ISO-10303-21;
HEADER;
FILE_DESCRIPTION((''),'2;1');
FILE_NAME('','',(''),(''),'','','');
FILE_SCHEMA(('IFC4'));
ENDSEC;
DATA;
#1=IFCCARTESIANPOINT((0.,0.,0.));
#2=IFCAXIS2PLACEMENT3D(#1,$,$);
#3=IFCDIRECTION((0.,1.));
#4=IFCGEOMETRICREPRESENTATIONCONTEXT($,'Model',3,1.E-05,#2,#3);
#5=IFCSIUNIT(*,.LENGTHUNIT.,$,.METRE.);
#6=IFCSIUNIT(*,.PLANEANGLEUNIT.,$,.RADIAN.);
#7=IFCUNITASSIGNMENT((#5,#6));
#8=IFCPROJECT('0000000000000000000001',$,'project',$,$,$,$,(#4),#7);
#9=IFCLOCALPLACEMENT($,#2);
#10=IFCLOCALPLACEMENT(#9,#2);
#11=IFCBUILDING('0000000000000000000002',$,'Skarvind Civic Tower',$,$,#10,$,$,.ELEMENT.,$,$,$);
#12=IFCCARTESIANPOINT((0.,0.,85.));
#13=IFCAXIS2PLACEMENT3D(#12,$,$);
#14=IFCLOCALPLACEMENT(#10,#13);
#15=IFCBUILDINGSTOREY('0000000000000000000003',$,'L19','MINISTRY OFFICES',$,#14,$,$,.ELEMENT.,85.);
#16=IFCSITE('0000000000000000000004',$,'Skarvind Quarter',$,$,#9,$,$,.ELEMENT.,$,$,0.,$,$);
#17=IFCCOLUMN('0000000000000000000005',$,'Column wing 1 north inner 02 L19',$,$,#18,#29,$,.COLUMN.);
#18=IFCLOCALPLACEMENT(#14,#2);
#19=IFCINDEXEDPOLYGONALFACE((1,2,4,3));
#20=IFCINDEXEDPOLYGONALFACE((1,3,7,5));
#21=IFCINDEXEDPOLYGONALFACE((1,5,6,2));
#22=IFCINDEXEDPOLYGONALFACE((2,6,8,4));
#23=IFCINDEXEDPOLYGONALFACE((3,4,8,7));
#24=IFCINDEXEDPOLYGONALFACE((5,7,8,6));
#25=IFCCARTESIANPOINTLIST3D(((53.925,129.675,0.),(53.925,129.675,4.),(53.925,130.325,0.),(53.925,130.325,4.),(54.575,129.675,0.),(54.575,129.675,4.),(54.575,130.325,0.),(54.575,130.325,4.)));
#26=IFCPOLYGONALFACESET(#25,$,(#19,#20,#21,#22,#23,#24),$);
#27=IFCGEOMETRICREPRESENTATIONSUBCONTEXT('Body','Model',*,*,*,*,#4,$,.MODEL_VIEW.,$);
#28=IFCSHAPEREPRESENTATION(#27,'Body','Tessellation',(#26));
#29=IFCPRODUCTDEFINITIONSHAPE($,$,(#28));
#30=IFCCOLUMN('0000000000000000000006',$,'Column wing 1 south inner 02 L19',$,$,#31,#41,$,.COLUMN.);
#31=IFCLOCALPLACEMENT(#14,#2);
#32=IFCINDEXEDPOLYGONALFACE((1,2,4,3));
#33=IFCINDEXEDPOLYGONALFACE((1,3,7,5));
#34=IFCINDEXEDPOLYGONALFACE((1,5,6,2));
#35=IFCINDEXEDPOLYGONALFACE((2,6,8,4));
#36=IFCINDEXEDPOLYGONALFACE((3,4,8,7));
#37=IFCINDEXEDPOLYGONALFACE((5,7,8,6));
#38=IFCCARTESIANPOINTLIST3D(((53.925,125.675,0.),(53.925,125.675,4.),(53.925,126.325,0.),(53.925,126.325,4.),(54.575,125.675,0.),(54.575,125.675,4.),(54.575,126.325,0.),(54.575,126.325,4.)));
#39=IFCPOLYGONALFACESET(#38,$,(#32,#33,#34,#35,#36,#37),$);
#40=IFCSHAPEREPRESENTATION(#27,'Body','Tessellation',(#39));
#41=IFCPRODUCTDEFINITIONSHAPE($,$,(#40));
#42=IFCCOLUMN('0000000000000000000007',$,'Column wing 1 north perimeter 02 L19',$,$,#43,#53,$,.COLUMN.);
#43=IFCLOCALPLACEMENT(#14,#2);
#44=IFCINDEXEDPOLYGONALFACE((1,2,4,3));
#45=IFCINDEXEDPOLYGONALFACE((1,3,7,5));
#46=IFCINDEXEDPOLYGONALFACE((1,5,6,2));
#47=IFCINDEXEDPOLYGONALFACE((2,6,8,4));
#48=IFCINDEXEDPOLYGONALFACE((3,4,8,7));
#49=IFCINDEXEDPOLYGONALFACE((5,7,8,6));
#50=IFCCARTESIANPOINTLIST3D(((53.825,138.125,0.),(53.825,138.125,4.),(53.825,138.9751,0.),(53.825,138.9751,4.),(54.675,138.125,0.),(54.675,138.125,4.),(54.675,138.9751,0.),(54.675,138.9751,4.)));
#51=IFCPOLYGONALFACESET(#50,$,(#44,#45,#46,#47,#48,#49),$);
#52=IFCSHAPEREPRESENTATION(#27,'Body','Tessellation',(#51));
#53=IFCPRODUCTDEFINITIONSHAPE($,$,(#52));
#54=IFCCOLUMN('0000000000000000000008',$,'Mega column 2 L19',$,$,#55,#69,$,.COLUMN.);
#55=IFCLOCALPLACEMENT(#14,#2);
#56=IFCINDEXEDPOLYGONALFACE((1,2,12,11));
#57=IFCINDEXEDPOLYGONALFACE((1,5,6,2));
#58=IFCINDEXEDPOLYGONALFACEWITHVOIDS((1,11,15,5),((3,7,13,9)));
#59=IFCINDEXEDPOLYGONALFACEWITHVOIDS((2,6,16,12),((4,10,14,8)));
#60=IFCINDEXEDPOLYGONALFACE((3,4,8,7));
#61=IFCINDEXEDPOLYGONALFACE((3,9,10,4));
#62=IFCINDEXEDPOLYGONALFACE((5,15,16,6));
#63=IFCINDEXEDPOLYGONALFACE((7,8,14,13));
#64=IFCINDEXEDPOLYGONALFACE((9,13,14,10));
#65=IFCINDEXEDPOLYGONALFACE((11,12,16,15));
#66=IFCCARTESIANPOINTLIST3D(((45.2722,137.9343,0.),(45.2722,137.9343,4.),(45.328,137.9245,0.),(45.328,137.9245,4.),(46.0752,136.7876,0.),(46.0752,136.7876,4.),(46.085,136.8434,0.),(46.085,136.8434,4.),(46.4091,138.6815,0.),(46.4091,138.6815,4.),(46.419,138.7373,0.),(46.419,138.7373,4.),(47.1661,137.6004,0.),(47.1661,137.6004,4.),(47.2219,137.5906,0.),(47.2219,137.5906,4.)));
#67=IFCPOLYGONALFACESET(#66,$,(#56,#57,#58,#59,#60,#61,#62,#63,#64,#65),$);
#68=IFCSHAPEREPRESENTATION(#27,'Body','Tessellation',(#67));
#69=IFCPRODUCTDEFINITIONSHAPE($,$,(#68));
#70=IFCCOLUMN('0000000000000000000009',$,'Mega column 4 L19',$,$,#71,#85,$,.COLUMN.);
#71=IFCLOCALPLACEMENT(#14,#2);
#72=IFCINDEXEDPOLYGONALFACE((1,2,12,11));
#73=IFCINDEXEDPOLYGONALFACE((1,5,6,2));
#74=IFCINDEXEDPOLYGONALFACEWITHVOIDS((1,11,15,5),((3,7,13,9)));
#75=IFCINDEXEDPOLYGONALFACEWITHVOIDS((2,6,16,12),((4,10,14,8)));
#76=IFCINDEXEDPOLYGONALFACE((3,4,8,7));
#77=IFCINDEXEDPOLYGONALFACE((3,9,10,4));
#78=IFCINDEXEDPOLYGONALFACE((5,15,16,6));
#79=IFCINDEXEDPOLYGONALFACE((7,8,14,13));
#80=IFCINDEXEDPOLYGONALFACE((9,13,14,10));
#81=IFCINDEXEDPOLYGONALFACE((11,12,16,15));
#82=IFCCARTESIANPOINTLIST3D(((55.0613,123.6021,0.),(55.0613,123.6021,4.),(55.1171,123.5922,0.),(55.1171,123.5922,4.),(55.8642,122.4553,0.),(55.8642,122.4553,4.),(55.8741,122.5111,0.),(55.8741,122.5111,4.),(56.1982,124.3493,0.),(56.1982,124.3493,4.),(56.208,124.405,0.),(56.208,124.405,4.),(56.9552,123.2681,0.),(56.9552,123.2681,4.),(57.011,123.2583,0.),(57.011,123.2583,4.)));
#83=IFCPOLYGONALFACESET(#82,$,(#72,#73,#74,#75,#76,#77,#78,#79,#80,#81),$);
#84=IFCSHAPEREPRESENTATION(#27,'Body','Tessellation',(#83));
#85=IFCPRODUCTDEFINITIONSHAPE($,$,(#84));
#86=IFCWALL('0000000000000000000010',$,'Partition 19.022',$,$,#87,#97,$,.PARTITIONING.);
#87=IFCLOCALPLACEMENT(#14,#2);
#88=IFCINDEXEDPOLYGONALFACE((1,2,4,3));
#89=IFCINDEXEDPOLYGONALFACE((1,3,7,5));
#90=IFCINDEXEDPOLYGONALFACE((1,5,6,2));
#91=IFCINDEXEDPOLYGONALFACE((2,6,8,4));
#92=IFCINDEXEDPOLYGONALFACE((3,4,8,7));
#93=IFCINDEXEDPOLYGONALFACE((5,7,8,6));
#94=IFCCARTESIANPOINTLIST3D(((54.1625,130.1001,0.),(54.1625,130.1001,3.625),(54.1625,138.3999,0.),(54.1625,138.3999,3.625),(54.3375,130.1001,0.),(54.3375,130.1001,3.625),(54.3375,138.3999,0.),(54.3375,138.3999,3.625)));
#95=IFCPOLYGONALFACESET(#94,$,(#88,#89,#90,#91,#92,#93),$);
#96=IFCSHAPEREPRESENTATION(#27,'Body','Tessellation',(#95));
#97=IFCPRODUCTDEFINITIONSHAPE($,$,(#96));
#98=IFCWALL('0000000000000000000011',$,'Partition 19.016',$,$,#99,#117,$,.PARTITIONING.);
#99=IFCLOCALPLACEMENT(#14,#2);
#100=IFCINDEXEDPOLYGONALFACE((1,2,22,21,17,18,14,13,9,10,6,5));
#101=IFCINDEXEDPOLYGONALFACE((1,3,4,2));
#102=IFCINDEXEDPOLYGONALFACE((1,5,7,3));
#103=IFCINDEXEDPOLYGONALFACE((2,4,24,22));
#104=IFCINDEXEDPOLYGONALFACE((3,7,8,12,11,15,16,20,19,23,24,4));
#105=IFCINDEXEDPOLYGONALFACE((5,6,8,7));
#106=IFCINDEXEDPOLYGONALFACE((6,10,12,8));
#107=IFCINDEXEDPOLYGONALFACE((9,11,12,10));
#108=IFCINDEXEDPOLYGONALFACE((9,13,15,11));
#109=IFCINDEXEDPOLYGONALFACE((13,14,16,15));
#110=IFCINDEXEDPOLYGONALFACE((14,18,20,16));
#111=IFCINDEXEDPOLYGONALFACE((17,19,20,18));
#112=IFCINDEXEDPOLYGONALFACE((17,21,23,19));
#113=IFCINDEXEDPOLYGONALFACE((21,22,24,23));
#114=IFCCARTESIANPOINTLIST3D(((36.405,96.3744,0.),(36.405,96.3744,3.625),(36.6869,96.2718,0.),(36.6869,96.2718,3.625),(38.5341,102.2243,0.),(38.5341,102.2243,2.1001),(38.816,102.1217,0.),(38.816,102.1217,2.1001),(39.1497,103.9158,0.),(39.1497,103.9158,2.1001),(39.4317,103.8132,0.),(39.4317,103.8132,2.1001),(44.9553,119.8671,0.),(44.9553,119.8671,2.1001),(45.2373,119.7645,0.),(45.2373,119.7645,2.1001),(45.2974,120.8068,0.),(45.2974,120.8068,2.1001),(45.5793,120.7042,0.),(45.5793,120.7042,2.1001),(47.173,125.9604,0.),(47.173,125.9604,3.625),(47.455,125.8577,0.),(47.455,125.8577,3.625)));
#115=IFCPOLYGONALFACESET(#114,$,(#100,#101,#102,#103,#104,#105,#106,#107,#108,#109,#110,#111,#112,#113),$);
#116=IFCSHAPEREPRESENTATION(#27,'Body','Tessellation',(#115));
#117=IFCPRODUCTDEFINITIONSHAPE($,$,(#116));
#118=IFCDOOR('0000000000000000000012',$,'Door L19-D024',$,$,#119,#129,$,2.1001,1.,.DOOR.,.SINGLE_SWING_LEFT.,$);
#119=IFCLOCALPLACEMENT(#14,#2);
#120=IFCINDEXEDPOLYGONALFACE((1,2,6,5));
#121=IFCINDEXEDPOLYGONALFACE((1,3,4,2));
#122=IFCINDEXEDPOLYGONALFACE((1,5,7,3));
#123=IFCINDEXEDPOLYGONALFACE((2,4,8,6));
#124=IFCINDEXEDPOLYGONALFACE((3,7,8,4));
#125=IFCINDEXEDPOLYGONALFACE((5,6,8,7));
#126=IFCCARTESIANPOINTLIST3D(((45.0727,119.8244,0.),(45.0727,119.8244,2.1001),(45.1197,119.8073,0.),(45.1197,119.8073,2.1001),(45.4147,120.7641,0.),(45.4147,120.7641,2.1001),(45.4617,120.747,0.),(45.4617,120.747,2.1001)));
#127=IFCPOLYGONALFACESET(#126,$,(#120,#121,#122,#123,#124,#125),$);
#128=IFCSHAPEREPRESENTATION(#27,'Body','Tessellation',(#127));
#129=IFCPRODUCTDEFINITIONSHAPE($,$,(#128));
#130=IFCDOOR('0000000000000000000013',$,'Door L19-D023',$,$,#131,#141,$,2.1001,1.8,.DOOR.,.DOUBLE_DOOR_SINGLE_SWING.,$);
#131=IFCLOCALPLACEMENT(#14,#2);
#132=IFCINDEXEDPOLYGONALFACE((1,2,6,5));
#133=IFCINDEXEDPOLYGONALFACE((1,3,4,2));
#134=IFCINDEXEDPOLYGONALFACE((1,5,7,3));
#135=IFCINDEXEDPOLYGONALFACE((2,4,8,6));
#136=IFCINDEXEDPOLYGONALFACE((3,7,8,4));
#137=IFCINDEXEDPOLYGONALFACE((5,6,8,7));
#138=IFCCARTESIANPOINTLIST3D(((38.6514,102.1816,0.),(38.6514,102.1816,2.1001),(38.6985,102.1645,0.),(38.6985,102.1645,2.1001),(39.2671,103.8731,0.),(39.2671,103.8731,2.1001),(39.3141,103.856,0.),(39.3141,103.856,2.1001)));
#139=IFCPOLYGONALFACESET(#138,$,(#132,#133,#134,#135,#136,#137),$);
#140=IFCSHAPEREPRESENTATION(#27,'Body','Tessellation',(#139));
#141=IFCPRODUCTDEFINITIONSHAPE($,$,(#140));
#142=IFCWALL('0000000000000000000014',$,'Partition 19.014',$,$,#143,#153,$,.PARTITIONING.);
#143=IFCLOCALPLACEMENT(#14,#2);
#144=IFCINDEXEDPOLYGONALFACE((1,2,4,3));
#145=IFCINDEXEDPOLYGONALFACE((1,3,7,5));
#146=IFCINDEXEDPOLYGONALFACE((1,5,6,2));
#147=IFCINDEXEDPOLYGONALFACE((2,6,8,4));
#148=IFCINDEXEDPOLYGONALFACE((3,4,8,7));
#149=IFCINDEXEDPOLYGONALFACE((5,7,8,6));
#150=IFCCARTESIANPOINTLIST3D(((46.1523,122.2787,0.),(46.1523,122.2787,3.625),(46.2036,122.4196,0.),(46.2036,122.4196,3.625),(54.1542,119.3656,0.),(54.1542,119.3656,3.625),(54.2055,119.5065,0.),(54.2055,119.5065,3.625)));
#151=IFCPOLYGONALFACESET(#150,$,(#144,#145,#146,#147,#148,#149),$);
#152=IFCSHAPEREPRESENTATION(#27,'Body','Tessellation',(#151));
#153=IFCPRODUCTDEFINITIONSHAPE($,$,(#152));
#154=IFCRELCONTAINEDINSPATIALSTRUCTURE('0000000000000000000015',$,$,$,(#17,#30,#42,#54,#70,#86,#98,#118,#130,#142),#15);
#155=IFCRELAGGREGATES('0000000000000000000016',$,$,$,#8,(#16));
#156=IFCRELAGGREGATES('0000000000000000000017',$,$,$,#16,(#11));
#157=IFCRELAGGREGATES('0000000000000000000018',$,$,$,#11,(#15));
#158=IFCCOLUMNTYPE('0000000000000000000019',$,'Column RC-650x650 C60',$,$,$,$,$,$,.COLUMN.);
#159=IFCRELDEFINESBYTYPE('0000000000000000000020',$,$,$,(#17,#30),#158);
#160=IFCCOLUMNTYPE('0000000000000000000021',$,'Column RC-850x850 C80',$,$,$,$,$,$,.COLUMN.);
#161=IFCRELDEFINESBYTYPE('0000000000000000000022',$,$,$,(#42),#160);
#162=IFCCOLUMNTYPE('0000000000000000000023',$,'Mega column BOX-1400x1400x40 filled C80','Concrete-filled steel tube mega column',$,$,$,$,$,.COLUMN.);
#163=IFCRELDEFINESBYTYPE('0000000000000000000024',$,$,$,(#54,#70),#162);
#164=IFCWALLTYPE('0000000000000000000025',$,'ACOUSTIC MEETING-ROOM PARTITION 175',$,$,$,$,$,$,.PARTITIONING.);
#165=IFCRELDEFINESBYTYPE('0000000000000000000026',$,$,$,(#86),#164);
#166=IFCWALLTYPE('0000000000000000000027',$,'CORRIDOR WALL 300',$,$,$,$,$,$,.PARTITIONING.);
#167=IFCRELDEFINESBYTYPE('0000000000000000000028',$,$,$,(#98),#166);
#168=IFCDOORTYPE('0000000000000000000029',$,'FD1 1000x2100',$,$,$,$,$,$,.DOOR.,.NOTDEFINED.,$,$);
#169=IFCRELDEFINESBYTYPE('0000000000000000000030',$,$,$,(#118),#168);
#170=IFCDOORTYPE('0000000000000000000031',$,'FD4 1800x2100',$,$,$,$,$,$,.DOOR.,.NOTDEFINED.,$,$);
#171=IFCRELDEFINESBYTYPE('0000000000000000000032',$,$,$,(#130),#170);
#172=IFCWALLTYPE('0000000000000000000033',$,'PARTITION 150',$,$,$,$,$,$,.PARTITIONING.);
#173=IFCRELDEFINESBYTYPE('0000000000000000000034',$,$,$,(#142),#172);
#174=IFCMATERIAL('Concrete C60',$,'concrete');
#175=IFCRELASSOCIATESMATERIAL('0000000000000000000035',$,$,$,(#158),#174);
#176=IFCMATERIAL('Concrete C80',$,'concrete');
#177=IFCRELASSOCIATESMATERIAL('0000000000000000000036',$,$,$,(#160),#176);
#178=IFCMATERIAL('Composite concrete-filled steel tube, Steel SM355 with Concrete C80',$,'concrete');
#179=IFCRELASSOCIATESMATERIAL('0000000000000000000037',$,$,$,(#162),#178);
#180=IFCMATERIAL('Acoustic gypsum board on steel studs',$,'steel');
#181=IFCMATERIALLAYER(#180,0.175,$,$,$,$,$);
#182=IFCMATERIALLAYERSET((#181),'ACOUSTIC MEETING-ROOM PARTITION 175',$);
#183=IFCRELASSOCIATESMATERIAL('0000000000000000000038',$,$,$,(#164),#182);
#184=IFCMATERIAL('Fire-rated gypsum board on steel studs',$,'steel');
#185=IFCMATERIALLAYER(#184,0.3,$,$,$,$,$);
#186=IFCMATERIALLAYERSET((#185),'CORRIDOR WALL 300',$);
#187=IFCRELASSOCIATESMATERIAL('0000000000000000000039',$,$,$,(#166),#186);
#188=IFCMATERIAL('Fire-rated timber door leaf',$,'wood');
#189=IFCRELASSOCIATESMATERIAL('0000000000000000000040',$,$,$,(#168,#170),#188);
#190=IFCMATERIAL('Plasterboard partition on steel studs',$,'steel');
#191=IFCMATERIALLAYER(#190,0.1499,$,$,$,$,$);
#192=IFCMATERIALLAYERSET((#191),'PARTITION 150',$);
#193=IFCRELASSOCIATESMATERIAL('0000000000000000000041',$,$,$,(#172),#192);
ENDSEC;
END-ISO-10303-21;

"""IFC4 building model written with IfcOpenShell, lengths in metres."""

from ifc_helpers import new_model, si_unit, direction, frame, frame_2d, origin, origin_2d, place, context, subcontext, project, spatial, rectangle, hollow_rectangle, extrude, material, layer, layer_set, material_profile, profile_set, type_object, element, fill, save


model = new_model("IFC4")

# Units and contexts
model_context = context("Model", 3, precision=1e-05, world=origin(), true_north=direction((0.0, 1.0)))
body_context = subcontext(model_context, "Body", "Model", "MODEL_VIEW")
ifc_project = project(units=[si_unit("LENGTHUNIT", "METRE"), si_unit("PLANEANGLEUNIT", "RADIAN")], contexts=[model_context])

# Site, building, storey
site_placement = place(None, origin())
site = spatial("IfcSite", under=ifc_project, at=site_placement, Name="Skarvind Quarter", CompositionType="ELEMENT", RefElevation=0.0)
building_placement = place(site_placement, origin())
building = spatial("IfcBuilding", under=site, at=building_placement, Name="Skarvind Civic Tower", CompositionType="ELEMENT")
storey_placement = place(building_placement, frame((0.0, 0.0, 85.0)))
storey = spatial("IfcBuildingStorey", under=building, at=storey_placement, Name="L19", Description="MINISTRY OFFICES", CompositionType="ELEMENT", Elevation=85.0)

# Columns
ifc_material_1 = material(Name="Concrete C60", Category="concrete")
ifc_material_profile_1 = material_profile(ifc_material_1, rectangle(XDim=0.6499, YDim=0.6499, at=origin_2d()), Name="RC-650x650")
ifc_profile_set_1 = profile_set([ifc_material_profile_1], Name="Concrete C60")
column_type_1 = type_object("IfcColumnType", Name="Column RC-650x650 C60", PredefinedType="COLUMN", material=ifc_profile_set_1)
for number, where, z_axis, x_axis, name in (
    (1, (54.25, 130.0, 0.0), (0.0, 0.0, 1.0), (1.0, 0.0, 0.0), "Column wing 1 north inner 02 L19"),
    (2, (54.25, 126.0, 0.0), (0.0, 0.0, 1.0), (1.0, 0.0, 0.0), "Column wing 1 south inner 02 L19"),
):
    element("IfcColumn", number, at=place(storey_placement, frame(where, z_axis=z_axis, x_axis=x_axis)), inside=storey, type_object=column_type_1, Name=name, PredefinedType="COLUMN", context=body_context, shape_type="SweptSolid", body=[
        extrude(rectangle(XDim=0.6499, YDim=0.6499, at=origin_2d()), origin(), (0.0, 0.0, 1.0), 4.0),
    ])
ifc_material_2 = material(Name="Concrete C80", Category="concrete")
ifc_material_profile_2 = material_profile(ifc_material_2, rectangle(XDim=0.8501, YDim=0.8501, at=origin_2d()), Name="RC-850x850")
ifc_profile_set_2 = profile_set([ifc_material_profile_2], Name="Concrete C80")
column_type_2 = type_object("IfcColumnType", Name="Column RC-850x850 C80", PredefinedType="COLUMN", material=ifc_profile_set_2)
column_placement = place(storey_placement, frame((54.25, 138.55, 0.0), z_axis=(0.0, 0.0, 1.0), x_axis=(1.0, 0.0, 0.0)))
element("IfcColumn", 3, at=column_placement, inside=storey, type_object=column_type_2, Name="Column wing 1 north perimeter 02 L19", PredefinedType="COLUMN", context=body_context, shape_type="SweptSolid", body=[
    extrude(rectangle(XDim=0.8501, YDim=0.8501, at=origin_2d()), origin(), (0.0, 0.0, 1.0), 4.0),
])
ifc_material_3 = material(Name="Composite concrete-filled steel tube, Steel SM355 with Concrete C80", Category="concrete")
ifc_material_profile_3 = material_profile(ifc_material_3, hollow_rectangle(XDim=1.3999, YDim=1.3999, WallThickness=0.04, at=origin_2d()), Name="BOX-1400x1400x40")
ifc_profile_set_3 = profile_set([ifc_material_profile_3], Name="Composite concrete-filled steel tube, Steel SM355 with Concrete C80")
column_type_3 = type_object("IfcColumnType", Name="Mega column BOX-1400x1400x40 filled C80", Description="Concrete-filled steel tube mega column", PredefinedType="COLUMN", material=ifc_profile_set_3)
for number, where, z_axis, x_axis, name in (
    (4, (46.2471, 137.7625, 0.0), (0.0, 0.0, 1.0), (0.573576, -0.819152, 0.0), "Mega column 2 L19"),
    (5, (56.0361, 123.4302, 0.0), (0.0, 0.0, 1.0), (0.573576, -0.819152, 0.0), "Mega column 4 L19"),
):
    element("IfcColumn", number, at=place(storey_placement, frame(where, z_axis=z_axis, x_axis=x_axis)), inside=storey, type_object=column_type_3, Name=name, PredefinedType="COLUMN", context=body_context, shape_type="SweptSolid", body=[
        extrude(hollow_rectangle(XDim=1.3999, YDim=1.3999, WallThickness=0.04, at=origin_2d()), origin(), (0.0, 0.0, 1.0), 4.0),
    ])

# Wall
ifc_material_4 = material(Name="Acoustic gypsum board on steel studs", Category="steel")
ifc_layer_1 = layer(ifc_material_4, 0.175)
ifc_layer_set_1 = layer_set([ifc_layer_1], Name="ACOUSTIC MEETING-ROOM PARTITION 175")
wall_type_1 = type_object("IfcWallType", Name="ACOUSTIC MEETING-ROOM PARTITION 175", PredefinedType="PARTITIONING", material=ifc_layer_set_1)
wall_1_placement = place(storey_placement, frame((54.25, 138.3999, 0.0), z_axis=(0.0, 0.0, 1.0), x_axis=(0.0, -1.0, 0.0)))
element("IfcWall", 6, at=wall_1_placement, inside=storey, type_object=wall_type_1, Name="Partition 19.022", PredefinedType="PARTITIONING", context=body_context, shape_type="SweptSolid", body=[
    extrude(rectangle(XDim=8.2998, YDim=0.175, at=frame_2d((4.1499, 0.0))), origin(), (0.0, 0.0, 1.0), 3.625),
])

# Wall, openings, doors
ifc_material_5 = material(Name="Fire-rated gypsum board on steel studs", Category="steel")
ifc_layer_2 = layer(ifc_material_5, 0.3)
ifc_layer_set_2 = layer_set([ifc_layer_2], Name="CORRIDOR WALL 300")
wall_type_2 = type_object("IfcWallType", Name="CORRIDOR WALL 300", PredefinedType="PARTITIONING", material=ifc_layer_set_2)
wall_2_placement = place(storey_placement, frame((47.314, 125.9089, 0.0), z_axis=(0.0, 0.0, 1.0), x_axis=(-0.342011, -0.939696, 0.0)))
wall_2 = element("IfcWall", 7, at=wall_2_placement, inside=storey, type_object=wall_type_2, Name="Partition 19.016", PredefinedType="PARTITIONING", context=body_context, shape_type="SweptSolid", body=[
    extrude(rectangle(XDim=31.4846, YDim=0.3, at=frame_2d((15.7422, 0.0))), origin(), (0.0, 0.0, 1.0), 3.625),
])
opening_1_placement = place(wall_2_placement, frame((23.4592, 0.0, 0.0)))
opening_1 = element("IfcOpeningElement", 8, at=opening_1_placement, cuts=wall_2, PredefinedType="OPENING", context=body_context, shape_type="SweptSolid", body=[
    extrude(rectangle(XDim=1.8, YDim=2.1001, at=frame_2d((0.8999, 1.05))), frame((0.0, 0.1599, 0.0), z_axis=(0.0, -1.0, 0.0), x_axis=(1.0, 0.0, 0.0)), (0.0, 0.0, 1.0), 0.3201),
])
opening_2_placement = place(wall_2_placement, frame((5.4841, 0.0, 0.0)))
opening_2 = element("IfcOpeningElement", 9, at=opening_2_placement, cuts=wall_2, PredefinedType="OPENING", context=body_context, shape_type="SweptSolid", body=[
    extrude(rectangle(XDim=1.0, YDim=2.1001, at=frame_2d((0.5, 1.05))), frame((0.0, 0.1599, 0.0), z_axis=(0.0, -1.0, 0.0), x_axis=(1.0, 0.0, 0.0)), (0.0, 0.0, 1.0), 0.3201),
])
ifc_material_6 = material(Name="Fire-rated timber door leaf", Category="wood")
door_type_1 = type_object("IfcDoorType", Name="FD1 1000x2100", OperationType="NOTDEFINED", PredefinedType="DOOR", material=ifc_material_6)
door_1_placement = place(opening_2_placement, origin())
door_1 = element("IfcDoor", 10, at=door_1_placement, inside=storey, type_object=door_type_1, Name="Door L19-D024", OperationType="SINGLE_SWING_LEFT", OverallHeight=2.1001, OverallWidth=1.0, PredefinedType="DOOR", context=body_context, shape_type="SweptSolid", body=[
    extrude(rectangle(XDim=1.0, YDim=2.1001, at=frame_2d((0.5, 1.05))), frame((0.0, 0.0249, 0.0), z_axis=(0.0, -1.0, 0.0), x_axis=(1.0, 0.0, 0.0)), (0.0, 0.0, 1.0), 0.05),
])
fill(opening_2, door_1)
door_type_2 = type_object("IfcDoorType", Name="FD4 1800x2100", OperationType="NOTDEFINED", PredefinedType="DOOR", material=ifc_material_6)
door_2_placement = place(opening_1_placement, origin())
door_2 = element("IfcDoor", 11, at=door_2_placement, inside=storey, type_object=door_type_2, Name="Door L19-D023", OperationType="DOUBLE_DOOR_SINGLE_SWING", OverallHeight=2.1001, OverallWidth=1.8, PredefinedType="DOOR", context=body_context, shape_type="SweptSolid", body=[
    extrude(rectangle(XDim=1.8, YDim=2.1001, at=frame_2d((0.8999, 1.05))), frame((0.0, 0.0249, 0.0), z_axis=(0.0, -1.0, 0.0), x_axis=(1.0, 0.0, 0.0)), (0.0, 0.0, 1.0), 0.05),
])
fill(opening_1, door_2)

# Wall
ifc_material_7 = material(Name="Plasterboard partition on steel studs", Category="steel")
ifc_layer_3 = layer(ifc_material_7, 0.1499)
ifc_layer_set_3 = layer_set([ifc_layer_3], Name="PARTITION 150")
wall_type_3 = type_object("IfcWallType", Name="PARTITION 150", PredefinedType="PARTITIONING", material=ifc_layer_set_3)
wall_3_placement = place(storey_placement, frame((46.178, 122.3491, 0.0), z_axis=(0.0, 0.0, 1.0), x_axis=(0.939669, -0.342084, 0.0)))
element("IfcWall", 12, at=wall_3_placement, inside=storey, type_object=wall_type_3, Name="Partition 19.014", PredefinedType="PARTITIONING", context=body_context, shape_type="SweptSolid", body=[
    extrude(rectangle(XDim=8.5156, YDim=0.1499, at=frame_2d((4.2578, 0.0))), origin(), (0.0, 0.0, 1.0), 3.625),
])

save(model, "model.ifc")
